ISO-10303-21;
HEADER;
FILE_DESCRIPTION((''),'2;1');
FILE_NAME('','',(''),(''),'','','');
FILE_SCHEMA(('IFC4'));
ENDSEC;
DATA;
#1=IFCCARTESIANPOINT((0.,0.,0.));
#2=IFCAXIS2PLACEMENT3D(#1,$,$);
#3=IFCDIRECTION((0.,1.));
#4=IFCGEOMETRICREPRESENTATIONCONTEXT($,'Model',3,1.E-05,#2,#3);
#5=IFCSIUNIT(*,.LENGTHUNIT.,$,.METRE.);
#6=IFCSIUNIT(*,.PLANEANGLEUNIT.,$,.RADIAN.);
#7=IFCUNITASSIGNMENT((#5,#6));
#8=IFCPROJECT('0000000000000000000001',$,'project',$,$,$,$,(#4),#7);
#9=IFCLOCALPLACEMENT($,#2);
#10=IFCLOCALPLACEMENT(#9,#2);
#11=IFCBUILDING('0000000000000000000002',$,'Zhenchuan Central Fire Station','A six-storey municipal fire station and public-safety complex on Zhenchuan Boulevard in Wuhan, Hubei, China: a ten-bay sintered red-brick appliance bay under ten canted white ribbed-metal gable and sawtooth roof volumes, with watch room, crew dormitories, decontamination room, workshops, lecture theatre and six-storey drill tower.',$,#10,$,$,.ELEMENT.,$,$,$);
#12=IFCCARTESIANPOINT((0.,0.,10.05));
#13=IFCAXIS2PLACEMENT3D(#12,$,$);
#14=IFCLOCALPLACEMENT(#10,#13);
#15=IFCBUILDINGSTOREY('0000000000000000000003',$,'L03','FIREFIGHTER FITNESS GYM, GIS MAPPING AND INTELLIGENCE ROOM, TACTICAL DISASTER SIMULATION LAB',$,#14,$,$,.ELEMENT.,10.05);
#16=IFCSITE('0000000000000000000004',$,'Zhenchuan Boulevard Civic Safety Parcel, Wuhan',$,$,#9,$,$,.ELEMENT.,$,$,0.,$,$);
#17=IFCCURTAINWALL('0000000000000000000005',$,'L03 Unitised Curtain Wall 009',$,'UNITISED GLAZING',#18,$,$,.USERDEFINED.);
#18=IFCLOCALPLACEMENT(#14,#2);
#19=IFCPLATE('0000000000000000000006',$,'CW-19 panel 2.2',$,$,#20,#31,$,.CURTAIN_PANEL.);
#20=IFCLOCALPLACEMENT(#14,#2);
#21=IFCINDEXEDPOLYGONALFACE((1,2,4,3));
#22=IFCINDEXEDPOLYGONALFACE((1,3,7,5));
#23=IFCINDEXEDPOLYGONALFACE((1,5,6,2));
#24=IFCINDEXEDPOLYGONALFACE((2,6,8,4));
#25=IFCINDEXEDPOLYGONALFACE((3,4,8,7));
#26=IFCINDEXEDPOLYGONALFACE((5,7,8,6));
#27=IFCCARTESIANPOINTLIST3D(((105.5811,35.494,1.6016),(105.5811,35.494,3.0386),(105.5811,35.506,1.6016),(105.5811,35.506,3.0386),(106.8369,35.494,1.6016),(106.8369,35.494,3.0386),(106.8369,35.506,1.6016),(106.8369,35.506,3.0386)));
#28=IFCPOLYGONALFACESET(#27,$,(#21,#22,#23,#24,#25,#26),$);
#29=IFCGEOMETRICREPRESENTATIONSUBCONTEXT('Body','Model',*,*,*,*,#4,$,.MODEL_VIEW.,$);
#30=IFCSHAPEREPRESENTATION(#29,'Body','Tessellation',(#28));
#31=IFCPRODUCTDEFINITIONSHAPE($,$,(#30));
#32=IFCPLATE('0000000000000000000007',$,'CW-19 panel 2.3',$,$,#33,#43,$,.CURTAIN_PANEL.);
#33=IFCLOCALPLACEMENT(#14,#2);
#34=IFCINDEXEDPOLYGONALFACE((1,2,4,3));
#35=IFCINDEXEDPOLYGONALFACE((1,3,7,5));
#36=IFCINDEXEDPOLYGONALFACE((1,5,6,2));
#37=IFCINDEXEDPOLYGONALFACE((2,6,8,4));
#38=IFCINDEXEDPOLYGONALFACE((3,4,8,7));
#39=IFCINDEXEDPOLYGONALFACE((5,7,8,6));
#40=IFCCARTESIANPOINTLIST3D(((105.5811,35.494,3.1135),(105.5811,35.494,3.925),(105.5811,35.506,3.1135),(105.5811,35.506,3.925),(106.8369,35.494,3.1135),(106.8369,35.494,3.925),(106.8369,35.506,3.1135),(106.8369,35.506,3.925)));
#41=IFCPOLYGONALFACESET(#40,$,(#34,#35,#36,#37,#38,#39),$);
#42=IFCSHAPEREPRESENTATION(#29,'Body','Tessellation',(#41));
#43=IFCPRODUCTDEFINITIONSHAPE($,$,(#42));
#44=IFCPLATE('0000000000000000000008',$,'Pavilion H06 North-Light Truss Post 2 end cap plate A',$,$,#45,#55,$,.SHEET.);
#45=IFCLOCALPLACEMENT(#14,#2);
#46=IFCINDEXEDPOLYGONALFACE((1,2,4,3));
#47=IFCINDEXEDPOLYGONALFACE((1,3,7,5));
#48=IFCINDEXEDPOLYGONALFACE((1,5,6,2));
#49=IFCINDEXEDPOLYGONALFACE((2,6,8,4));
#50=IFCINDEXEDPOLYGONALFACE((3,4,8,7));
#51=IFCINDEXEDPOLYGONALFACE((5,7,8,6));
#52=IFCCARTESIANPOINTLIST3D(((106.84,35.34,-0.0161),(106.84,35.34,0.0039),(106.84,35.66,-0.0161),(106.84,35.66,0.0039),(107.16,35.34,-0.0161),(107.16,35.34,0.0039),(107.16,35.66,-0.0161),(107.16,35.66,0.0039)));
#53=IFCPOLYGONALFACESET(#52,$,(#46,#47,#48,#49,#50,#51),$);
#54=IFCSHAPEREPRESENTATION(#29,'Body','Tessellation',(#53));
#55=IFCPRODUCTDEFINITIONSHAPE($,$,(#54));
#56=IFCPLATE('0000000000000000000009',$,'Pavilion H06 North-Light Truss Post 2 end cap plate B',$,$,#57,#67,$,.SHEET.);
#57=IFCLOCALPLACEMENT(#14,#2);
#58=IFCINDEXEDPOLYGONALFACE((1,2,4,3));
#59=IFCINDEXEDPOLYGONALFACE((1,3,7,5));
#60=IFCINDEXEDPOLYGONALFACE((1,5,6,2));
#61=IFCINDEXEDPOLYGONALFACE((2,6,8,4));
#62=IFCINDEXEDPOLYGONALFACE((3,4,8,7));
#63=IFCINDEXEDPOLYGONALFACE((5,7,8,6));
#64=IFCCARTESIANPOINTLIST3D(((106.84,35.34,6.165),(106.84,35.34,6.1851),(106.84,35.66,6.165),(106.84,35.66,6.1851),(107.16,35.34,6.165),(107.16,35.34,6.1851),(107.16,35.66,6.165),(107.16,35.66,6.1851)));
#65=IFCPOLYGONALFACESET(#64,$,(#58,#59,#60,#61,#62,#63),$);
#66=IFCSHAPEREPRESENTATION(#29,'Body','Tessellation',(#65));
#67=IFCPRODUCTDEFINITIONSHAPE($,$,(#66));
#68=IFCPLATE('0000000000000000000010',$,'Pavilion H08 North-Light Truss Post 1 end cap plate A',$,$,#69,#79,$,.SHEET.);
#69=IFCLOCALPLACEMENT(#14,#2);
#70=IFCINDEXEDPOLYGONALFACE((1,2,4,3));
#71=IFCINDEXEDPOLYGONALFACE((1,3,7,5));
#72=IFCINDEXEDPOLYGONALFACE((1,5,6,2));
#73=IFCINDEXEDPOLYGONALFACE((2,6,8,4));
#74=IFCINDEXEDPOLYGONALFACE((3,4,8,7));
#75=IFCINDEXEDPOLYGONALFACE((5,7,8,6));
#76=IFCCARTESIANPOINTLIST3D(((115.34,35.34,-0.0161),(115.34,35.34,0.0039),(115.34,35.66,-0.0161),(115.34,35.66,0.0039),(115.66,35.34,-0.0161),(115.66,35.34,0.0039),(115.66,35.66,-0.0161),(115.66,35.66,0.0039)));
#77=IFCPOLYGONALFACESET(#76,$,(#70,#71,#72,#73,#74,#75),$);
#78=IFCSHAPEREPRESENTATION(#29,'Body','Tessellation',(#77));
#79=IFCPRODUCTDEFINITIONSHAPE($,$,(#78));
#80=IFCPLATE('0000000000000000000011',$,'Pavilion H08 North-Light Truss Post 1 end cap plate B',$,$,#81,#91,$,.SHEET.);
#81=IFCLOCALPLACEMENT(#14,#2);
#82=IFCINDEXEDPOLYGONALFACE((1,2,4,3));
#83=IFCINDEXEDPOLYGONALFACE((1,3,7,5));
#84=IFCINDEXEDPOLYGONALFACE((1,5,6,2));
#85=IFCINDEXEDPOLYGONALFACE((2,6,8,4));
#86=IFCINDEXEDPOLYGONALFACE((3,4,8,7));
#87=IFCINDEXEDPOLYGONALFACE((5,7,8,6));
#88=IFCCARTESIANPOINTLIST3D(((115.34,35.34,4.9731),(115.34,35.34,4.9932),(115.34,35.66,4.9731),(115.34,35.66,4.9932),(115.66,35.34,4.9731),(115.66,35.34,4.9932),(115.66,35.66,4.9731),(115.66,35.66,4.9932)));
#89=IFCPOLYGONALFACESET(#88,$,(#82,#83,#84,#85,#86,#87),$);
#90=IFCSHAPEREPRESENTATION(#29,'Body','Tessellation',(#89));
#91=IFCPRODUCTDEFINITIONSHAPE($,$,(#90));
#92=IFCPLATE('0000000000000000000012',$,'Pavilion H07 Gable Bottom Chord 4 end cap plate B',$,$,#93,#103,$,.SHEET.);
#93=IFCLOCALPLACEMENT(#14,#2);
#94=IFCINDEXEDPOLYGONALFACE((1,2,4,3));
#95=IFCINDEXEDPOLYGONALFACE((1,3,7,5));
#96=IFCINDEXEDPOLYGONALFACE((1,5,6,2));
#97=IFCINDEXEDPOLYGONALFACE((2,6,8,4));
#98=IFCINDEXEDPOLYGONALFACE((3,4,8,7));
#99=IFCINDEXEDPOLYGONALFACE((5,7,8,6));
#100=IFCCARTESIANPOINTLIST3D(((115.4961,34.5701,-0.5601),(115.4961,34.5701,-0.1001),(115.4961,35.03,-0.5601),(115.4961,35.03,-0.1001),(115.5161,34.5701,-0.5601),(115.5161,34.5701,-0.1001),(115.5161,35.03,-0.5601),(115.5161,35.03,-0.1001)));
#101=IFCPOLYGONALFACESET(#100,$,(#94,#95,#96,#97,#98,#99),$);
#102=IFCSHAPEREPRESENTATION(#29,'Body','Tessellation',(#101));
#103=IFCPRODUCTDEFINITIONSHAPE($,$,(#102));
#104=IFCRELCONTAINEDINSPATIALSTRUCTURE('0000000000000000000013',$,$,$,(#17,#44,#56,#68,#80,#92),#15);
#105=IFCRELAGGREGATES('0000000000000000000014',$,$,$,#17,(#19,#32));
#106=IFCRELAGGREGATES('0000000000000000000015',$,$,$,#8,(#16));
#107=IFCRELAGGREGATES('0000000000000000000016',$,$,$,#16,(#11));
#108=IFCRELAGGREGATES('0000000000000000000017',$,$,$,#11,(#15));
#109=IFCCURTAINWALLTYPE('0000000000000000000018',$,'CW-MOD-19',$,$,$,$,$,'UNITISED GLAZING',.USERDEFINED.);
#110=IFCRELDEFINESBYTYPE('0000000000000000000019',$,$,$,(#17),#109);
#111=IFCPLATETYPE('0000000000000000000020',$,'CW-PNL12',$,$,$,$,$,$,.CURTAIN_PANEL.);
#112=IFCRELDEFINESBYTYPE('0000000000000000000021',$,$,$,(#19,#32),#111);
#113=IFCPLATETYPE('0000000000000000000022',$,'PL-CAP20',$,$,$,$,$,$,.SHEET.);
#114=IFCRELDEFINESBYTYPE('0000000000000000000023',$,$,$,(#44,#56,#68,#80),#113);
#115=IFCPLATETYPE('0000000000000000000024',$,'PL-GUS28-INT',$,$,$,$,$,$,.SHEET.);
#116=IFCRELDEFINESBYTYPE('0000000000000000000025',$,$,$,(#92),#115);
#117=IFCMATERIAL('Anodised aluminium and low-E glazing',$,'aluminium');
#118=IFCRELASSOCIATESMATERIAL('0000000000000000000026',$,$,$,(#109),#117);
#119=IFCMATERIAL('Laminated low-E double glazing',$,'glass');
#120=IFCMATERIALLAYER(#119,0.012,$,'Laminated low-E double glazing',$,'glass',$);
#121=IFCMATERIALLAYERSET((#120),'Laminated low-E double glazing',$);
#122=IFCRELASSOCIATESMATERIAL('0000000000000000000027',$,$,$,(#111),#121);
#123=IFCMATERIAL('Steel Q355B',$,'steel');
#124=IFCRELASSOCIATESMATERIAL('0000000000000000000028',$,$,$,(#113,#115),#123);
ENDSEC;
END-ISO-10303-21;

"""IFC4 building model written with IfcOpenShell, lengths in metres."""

from ifc_helpers import new_model, si_unit, direction, frame, origin, origin_2d, place, context, subcontext, project, spatial, rectangle, extrude, material, layer, layer_set, material_profile, profile_set, type_object, element, aggregate, save


model = new_model("IFC4")

# Units and contexts
model_context = context("Model", 3, precision=1e-05, world=origin(), true_north=direction((0.0, 1.0)))
body_context = subcontext(model_context, "Body", "Model", "MODEL_VIEW")
ifc_project = project(units=[si_unit("LENGTHUNIT", "METRE"), si_unit("PLANEANGLEUNIT", "RADIAN")], contexts=[model_context])

# Site, building, storey
site_placement = place(None, origin())
site = spatial("IfcSite", under=ifc_project, at=site_placement, Name="Zhenchuan Boulevard Civic Safety Parcel, Wuhan", CompositionType="ELEMENT", RefElevation=0.0)
building_placement = place(site_placement, origin())
building = spatial("IfcBuilding", under=site, at=building_placement, Name="Zhenchuan Central Fire Station", Description="A six-storey municipal fire station and public-safety complex on Zhenchuan Boulevard in Wuhan, Hubei, China: a ten-bay sintered red-brick appliance bay under ten canted white ribbed-metal gable and sawtooth roof volumes, with watch room, crew dormitories, decontamination room, workshops, lecture theatre and six-storey drill tower.", CompositionType="ELEMENT")
storey_placement = place(building_placement, frame((0.0, 0.0, 10.05)))
storey = spatial("IfcBuildingStorey", under=building, at=storey_placement, Name="L03", Description="FIREFIGHTER FITNESS GYM, GIS MAPPING AND INTELLIGENCE ROOM, TACTICAL DISASTER SIMULATION LAB", CompositionType="ELEMENT", Elevation=10.05)

# Shared definitions
ifc_material_1 = material(Name="Steel Q355B", Category="steel")

# Shared definitions
ifc_material_2 = material(Name="Anodised aluminium and low-E glazing", Category="aluminium")

# Curtain wall
curtain_wall_type_1 = type_object("IfcCurtainWallType", Name="CW-MOD-19", ElementType="UNITISED GLAZING", PredefinedType="USERDEFINED", material=ifc_material_2)
curtain_wall_1_placement = place(storey_placement, origin())
curtain_wall_1 = element("IfcCurtainWall", 1, at=curtain_wall_1_placement, inside=storey, type_object=curtain_wall_type_1, Name="L03 Unitised Curtain Wall 009", ObjectType="UNITISED GLAZING", PredefinedType="USERDEFINED")

# Plates
ifc_material_3 = material(Name="Laminated low-E double glazing", Category="glass")
ifc_layer = layer(ifc_material_3, 0.012, Name="Laminated low-E double glazing", Category="glass")
ifc_layer_set = layer_set([ifc_layer], Name="Laminated low-E double glazing")
plate_type_1 = type_object("IfcPlateType", Name="CW-PNL12", PredefinedType="CURTAIN_PANEL", material=ifc_layer_set)
plate_1_placement = place(storey_placement, frame((106.209, 35.5, 1.6016), z_axis=(0.0, 0.0, 1.0), x_axis=(1.0, 0.0, 0.0)))
plate_1 = element("IfcPlate", 2, at=plate_1_placement, type_object=plate_type_1, Name="CW-19 panel 2.2", PredefinedType="CURTAIN_PANEL", context=body_context, shape_type="SweptSolid", body=[
    extrude(rectangle(XDim=1.2559, YDim=0.012, at=origin_2d()), origin(), (0.0, 0.0, 1.0), 1.437),
])
plate_2_placement = place(storey_placement, frame((106.209, 35.5, 3.1135), z_axis=(0.0, 0.0, 1.0), x_axis=(1.0, 0.0, 0.0)))
plate_2 = element("IfcPlate", 3, at=plate_2_placement, type_object=plate_type_1, Name="CW-19 panel 2.3", PredefinedType="CURTAIN_PANEL", context=body_context, shape_type="SweptSolid", body=[
    extrude(rectangle(XDim=1.2559, YDim=0.012, at=origin_2d()), origin(), (0.0, 0.0, 1.0), 0.8115),
])
aggregate(curtain_wall_1, [plate_1, plate_2])

# Plates
ifc_material_profile_1 = material_profile(ifc_material_1, rectangle(XDim=0.3201, YDim=0.3201, at=origin_2d()), Name="PL 320x320x20")
ifc_profile_set_1 = profile_set([ifc_material_profile_1], Name="Steel Q355B")
plate_type_2 = type_object("IfcPlateType", Name="PL-CAP20", PredefinedType="SHEET", material=ifc_profile_set_1)
for number, where, z_axis, x_axis, name in (
    (4, (107.0, 35.5, -0.0161), (0.0, 0.0, 1.0), (1.0, 0.0, 0.0), "Pavilion H06 North-Light Truss Post 2 end cap plate A"),
    (5, (107.0, 35.5, 6.165), (0.0, 0.0, 1.0), (1.0, 0.0, 0.0), "Pavilion H06 North-Light Truss Post 2 end cap plate B"),
    (6, (115.5, 35.5, -0.0161), (0.0, 0.0, 1.0), (1.0, 0.0, 0.0), "Pavilion H08 North-Light Truss Post 1 end cap plate A"),
    (7, (115.5, 35.5, 4.9731), (0.0, 0.0, 1.0), (1.0, 0.0, 0.0), "Pavilion H08 North-Light Truss Post 1 end cap plate B"),
):
    element("IfcPlate", number, at=place(storey_placement, frame(where, z_axis=z_axis, x_axis=x_axis)), inside=storey, type_object=plate_type_2, Name=name, PredefinedType="SHEET", context=body_context, shape_type="SweptSolid", body=[
        extrude(rectangle(XDim=0.3201, YDim=0.3201, at=origin_2d()), origin(), (0.0, 0.0, 1.0), 0.02),
    ])
ifc_material_profile_2 = material_profile(ifc_material_1, rectangle(XDim=0.46, YDim=0.46, at=origin_2d()), Name="PL 460x460x28")
ifc_profile_set_2 = profile_set([ifc_material_profile_2], Name="Steel Q355B")
plate_type_3 = type_object("IfcPlateType", Name="PL-GUS28-INT", PredefinedType="SHEET", material=ifc_profile_set_2)
plate_3_placement = place(storey_placement, frame((115.4961, 34.8, -0.3301), z_axis=(1.0, 0.0, 0.0), x_axis=(0.0, 1.0, 0.0)))
element("IfcPlate", 8, at=plate_3_placement, inside=storey, type_object=plate_type_3, Name="Pavilion H07 Gable Bottom Chord 4 end cap plate B", PredefinedType="SHEET", context=body_context, shape_type="SweptSolid", body=[
    extrude(rectangle(XDim=0.46, YDim=0.46, at=origin_2d()), origin(), (0.0, 0.0, 1.0), 0.02),
])

save(model, "model.ifc")
